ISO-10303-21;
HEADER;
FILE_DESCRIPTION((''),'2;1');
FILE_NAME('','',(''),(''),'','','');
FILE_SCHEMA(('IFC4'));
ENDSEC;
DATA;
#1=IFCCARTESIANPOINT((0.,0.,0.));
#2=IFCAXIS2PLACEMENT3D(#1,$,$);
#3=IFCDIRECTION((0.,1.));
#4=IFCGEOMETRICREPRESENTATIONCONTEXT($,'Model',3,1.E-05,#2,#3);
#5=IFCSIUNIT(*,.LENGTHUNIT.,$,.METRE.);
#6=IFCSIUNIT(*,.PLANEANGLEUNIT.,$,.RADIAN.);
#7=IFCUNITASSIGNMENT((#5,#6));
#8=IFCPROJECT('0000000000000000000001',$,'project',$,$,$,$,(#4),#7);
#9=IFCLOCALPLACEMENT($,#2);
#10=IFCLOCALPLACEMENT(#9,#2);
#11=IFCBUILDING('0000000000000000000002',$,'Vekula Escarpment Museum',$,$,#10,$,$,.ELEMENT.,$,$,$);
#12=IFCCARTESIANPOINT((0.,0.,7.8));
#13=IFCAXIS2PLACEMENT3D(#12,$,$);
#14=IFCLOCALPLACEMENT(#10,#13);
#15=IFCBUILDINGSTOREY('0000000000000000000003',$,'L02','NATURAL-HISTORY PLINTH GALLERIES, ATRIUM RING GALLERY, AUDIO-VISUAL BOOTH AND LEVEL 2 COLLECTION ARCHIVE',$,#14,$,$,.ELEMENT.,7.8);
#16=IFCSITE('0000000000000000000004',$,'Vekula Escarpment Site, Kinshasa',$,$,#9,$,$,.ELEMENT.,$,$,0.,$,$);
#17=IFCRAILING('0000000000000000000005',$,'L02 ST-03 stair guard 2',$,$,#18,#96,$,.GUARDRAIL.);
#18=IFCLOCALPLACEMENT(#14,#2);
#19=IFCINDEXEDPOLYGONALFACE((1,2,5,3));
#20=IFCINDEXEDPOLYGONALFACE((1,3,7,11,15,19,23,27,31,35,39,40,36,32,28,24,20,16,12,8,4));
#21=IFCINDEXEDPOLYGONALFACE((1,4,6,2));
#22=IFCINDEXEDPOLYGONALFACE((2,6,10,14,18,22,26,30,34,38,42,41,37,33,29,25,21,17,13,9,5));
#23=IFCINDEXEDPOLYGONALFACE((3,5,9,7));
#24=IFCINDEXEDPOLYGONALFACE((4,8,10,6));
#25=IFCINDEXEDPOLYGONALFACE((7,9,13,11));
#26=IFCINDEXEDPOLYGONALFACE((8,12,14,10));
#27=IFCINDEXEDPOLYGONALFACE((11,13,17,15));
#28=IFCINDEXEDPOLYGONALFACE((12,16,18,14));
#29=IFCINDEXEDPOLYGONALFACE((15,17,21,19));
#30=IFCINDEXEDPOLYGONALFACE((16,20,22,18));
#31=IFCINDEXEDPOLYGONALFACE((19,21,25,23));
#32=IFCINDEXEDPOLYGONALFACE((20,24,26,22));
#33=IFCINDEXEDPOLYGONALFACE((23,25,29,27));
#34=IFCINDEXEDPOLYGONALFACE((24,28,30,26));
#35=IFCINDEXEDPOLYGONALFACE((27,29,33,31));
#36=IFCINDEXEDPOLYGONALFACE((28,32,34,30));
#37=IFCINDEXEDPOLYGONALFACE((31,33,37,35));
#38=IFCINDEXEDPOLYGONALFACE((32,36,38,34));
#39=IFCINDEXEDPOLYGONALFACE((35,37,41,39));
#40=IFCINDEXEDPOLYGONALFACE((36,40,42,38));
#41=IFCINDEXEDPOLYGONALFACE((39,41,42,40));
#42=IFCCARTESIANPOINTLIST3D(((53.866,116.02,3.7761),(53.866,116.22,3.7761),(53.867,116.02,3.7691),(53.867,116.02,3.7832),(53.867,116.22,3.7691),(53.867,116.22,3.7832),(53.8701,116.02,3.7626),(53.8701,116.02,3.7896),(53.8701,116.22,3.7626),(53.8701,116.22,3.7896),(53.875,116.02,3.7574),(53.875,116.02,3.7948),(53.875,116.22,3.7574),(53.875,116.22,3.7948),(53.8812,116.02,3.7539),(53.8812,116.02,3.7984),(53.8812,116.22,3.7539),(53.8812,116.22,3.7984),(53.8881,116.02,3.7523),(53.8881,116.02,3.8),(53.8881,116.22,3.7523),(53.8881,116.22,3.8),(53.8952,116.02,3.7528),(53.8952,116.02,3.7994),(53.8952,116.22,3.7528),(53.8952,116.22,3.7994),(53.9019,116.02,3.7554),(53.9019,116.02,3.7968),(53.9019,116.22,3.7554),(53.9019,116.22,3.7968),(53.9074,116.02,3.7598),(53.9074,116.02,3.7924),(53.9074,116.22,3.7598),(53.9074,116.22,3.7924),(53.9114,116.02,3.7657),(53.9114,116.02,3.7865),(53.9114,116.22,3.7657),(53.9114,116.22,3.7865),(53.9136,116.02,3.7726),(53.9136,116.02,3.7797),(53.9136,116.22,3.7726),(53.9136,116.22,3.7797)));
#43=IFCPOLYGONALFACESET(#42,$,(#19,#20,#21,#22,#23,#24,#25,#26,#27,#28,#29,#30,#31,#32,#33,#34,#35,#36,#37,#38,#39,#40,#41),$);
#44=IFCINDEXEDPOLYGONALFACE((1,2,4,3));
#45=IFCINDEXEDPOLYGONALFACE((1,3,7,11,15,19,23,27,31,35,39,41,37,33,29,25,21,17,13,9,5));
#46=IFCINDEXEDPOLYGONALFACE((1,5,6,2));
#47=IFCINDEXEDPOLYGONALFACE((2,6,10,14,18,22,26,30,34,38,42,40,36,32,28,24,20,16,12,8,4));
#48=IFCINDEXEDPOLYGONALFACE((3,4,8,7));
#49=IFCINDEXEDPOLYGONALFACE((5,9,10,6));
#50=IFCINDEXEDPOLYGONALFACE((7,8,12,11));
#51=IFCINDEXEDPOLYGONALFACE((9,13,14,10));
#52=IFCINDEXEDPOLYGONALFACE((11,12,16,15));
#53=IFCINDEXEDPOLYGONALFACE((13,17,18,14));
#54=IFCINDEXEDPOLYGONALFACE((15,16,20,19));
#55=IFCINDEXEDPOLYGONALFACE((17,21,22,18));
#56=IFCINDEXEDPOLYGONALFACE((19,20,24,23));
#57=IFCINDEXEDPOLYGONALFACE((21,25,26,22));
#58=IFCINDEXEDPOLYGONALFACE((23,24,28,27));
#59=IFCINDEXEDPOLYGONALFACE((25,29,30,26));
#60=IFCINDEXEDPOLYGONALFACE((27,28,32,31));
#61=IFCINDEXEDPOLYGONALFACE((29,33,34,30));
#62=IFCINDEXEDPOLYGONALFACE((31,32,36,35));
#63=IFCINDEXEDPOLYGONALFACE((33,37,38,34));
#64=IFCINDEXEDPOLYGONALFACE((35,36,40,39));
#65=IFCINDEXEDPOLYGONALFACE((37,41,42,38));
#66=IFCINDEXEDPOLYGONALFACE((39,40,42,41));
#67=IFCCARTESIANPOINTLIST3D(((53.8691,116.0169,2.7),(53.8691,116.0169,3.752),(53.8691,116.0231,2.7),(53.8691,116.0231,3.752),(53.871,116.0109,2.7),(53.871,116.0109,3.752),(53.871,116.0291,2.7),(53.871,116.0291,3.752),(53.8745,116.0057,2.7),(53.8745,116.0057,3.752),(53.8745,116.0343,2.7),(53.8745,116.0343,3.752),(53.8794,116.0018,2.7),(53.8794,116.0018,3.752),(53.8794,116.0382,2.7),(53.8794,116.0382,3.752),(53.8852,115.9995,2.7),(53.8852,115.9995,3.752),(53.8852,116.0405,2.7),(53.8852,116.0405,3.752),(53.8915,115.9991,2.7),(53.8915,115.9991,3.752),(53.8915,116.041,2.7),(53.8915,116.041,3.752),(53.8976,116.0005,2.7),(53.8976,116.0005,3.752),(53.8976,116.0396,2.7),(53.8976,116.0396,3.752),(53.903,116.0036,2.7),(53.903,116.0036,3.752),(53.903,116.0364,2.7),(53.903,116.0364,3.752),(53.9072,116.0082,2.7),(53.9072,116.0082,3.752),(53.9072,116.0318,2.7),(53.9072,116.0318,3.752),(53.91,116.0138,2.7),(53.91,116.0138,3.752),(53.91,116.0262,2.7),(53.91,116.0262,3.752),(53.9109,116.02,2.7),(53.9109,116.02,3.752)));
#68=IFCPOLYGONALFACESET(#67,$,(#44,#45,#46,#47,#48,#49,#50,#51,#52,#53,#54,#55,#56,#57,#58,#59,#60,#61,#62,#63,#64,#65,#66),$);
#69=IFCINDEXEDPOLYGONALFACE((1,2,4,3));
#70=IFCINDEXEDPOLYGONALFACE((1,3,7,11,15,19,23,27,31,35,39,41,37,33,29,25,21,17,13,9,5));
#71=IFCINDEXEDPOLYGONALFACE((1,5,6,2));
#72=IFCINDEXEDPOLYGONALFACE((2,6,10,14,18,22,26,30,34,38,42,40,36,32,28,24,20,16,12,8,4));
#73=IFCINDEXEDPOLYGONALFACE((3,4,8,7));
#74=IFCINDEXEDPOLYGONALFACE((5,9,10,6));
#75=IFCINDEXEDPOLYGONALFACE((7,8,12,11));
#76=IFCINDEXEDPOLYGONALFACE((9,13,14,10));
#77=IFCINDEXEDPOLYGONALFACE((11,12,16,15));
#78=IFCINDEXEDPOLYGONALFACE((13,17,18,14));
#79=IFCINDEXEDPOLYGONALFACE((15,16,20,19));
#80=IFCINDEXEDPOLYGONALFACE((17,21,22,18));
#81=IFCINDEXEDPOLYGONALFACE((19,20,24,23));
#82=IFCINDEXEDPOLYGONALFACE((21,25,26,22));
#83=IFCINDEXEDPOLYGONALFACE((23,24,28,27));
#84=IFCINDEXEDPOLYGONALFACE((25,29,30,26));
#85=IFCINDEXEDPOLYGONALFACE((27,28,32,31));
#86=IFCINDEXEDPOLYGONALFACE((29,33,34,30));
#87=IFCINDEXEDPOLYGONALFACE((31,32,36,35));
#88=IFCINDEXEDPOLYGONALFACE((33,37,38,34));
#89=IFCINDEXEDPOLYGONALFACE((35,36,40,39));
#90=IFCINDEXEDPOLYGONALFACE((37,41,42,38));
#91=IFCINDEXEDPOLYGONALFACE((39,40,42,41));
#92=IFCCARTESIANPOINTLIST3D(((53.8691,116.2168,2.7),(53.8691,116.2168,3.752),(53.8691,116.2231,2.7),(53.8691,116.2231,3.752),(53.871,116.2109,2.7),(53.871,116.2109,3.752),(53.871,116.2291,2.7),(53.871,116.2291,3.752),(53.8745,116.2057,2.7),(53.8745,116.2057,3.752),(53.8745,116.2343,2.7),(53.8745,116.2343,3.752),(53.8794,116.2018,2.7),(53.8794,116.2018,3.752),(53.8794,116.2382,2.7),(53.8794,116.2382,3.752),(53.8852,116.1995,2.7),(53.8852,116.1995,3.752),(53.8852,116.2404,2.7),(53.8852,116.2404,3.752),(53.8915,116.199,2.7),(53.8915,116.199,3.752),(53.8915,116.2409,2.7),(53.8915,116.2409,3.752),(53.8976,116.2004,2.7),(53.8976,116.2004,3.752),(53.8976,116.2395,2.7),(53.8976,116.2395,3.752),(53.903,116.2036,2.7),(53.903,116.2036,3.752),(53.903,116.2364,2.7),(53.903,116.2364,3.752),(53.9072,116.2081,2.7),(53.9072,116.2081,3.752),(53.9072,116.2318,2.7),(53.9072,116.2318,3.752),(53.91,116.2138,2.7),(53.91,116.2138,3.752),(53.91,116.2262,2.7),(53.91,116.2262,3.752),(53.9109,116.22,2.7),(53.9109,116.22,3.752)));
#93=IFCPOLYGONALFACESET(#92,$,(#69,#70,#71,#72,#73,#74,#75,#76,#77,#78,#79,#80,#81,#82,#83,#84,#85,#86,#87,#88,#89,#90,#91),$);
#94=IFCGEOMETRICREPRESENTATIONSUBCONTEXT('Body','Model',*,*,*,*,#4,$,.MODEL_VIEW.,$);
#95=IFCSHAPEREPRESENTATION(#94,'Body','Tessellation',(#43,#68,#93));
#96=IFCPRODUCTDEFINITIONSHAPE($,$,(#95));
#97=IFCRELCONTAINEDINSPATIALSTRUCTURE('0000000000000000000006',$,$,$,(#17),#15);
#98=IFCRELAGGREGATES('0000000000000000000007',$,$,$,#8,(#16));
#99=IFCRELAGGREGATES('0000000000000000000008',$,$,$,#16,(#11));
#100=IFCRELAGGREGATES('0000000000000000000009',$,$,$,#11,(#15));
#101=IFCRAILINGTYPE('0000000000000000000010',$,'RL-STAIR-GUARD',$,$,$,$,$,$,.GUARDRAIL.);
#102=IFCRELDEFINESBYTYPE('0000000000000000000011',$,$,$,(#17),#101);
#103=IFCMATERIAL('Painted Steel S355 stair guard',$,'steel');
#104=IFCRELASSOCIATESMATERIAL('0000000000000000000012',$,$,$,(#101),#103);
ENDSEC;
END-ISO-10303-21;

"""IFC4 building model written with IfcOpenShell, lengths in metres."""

from ifc_helpers import new_model, si_unit, direction, frame, origin, origin_2d, place, context, subcontext, project, spatial, circle, extrude, material, type_object, element, save


model = new_model("IFC4")

# Units and contexts
model_context = context("Model", 3, precision=1e-05, world=origin(), true_north=direction((0.0, 1.0)))
body_context = subcontext(model_context, "Body", "Model", "MODEL_VIEW")
ifc_project = project(units=[si_unit("LENGTHUNIT", "METRE"), si_unit("PLANEANGLEUNIT", "RADIAN")], contexts=[model_context])

# Site, building, storey
site_placement = place(None, origin())
site = spatial("IfcSite", under=ifc_project, at=site_placement, Name="Vekula Escarpment Site, Kinshasa", CompositionType="ELEMENT", RefElevation=0.0)
building_placement = place(site_placement, origin())
building = spatial("IfcBuilding", under=site, at=building_placement, Name="Vekula Escarpment Museum", CompositionType="ELEMENT")
storey_placement = place(building_placement, frame((0.0, 0.0, 7.8)))
storey = spatial("IfcBuildingStorey", under=building, at=storey_placement, Name="L02", Description="NATURAL-HISTORY PLINTH GALLERIES, ATRIUM RING GALLERY, AUDIO-VISUAL BOOTH AND LEVEL 2 COLLECTION ARCHIVE", CompositionType="ELEMENT", Elevation=7.8)

# Railing
ifc_material_1 = material(Name="Painted Steel S355 stair guard", Category="steel")
railing_type_1 = type_object("IfcRailingType", Name="RL-STAIR-GUARD", PredefinedType="GUARDRAIL", material=ifc_material_1)
railing_1_placement = place(storey_placement, frame((53.8899, 116.02, 2.7)))
element("IfcRailing", 1, at=railing_1_placement, inside=storey, type_object=railing_type_1, Name="L02 ST-03 stair guard 2", PredefinedType="GUARDRAIL", context=body_context, shape_type="SweptSolid", body=[
    extrude(circle(Radius=0.0239, at=origin_2d()), frame((0.0, 0.0, 1.0762), z_axis=(0.0, 1.0, 0.0), x_axis=(-1.0, 0.0, 0.0)), (0.0, 0.0, 1.0), 0.2),
    extrude(circle(Radius=0.021, at=origin_2d()), origin(), (0.0, 0.0, 1.0), 1.052),
    extrude(circle(Radius=0.021, at=origin_2d()), frame((0.0, 0.2, 0.0)), (0.0, 0.0, 1.0), 1.052),
])

save(model, "model.ifc")
